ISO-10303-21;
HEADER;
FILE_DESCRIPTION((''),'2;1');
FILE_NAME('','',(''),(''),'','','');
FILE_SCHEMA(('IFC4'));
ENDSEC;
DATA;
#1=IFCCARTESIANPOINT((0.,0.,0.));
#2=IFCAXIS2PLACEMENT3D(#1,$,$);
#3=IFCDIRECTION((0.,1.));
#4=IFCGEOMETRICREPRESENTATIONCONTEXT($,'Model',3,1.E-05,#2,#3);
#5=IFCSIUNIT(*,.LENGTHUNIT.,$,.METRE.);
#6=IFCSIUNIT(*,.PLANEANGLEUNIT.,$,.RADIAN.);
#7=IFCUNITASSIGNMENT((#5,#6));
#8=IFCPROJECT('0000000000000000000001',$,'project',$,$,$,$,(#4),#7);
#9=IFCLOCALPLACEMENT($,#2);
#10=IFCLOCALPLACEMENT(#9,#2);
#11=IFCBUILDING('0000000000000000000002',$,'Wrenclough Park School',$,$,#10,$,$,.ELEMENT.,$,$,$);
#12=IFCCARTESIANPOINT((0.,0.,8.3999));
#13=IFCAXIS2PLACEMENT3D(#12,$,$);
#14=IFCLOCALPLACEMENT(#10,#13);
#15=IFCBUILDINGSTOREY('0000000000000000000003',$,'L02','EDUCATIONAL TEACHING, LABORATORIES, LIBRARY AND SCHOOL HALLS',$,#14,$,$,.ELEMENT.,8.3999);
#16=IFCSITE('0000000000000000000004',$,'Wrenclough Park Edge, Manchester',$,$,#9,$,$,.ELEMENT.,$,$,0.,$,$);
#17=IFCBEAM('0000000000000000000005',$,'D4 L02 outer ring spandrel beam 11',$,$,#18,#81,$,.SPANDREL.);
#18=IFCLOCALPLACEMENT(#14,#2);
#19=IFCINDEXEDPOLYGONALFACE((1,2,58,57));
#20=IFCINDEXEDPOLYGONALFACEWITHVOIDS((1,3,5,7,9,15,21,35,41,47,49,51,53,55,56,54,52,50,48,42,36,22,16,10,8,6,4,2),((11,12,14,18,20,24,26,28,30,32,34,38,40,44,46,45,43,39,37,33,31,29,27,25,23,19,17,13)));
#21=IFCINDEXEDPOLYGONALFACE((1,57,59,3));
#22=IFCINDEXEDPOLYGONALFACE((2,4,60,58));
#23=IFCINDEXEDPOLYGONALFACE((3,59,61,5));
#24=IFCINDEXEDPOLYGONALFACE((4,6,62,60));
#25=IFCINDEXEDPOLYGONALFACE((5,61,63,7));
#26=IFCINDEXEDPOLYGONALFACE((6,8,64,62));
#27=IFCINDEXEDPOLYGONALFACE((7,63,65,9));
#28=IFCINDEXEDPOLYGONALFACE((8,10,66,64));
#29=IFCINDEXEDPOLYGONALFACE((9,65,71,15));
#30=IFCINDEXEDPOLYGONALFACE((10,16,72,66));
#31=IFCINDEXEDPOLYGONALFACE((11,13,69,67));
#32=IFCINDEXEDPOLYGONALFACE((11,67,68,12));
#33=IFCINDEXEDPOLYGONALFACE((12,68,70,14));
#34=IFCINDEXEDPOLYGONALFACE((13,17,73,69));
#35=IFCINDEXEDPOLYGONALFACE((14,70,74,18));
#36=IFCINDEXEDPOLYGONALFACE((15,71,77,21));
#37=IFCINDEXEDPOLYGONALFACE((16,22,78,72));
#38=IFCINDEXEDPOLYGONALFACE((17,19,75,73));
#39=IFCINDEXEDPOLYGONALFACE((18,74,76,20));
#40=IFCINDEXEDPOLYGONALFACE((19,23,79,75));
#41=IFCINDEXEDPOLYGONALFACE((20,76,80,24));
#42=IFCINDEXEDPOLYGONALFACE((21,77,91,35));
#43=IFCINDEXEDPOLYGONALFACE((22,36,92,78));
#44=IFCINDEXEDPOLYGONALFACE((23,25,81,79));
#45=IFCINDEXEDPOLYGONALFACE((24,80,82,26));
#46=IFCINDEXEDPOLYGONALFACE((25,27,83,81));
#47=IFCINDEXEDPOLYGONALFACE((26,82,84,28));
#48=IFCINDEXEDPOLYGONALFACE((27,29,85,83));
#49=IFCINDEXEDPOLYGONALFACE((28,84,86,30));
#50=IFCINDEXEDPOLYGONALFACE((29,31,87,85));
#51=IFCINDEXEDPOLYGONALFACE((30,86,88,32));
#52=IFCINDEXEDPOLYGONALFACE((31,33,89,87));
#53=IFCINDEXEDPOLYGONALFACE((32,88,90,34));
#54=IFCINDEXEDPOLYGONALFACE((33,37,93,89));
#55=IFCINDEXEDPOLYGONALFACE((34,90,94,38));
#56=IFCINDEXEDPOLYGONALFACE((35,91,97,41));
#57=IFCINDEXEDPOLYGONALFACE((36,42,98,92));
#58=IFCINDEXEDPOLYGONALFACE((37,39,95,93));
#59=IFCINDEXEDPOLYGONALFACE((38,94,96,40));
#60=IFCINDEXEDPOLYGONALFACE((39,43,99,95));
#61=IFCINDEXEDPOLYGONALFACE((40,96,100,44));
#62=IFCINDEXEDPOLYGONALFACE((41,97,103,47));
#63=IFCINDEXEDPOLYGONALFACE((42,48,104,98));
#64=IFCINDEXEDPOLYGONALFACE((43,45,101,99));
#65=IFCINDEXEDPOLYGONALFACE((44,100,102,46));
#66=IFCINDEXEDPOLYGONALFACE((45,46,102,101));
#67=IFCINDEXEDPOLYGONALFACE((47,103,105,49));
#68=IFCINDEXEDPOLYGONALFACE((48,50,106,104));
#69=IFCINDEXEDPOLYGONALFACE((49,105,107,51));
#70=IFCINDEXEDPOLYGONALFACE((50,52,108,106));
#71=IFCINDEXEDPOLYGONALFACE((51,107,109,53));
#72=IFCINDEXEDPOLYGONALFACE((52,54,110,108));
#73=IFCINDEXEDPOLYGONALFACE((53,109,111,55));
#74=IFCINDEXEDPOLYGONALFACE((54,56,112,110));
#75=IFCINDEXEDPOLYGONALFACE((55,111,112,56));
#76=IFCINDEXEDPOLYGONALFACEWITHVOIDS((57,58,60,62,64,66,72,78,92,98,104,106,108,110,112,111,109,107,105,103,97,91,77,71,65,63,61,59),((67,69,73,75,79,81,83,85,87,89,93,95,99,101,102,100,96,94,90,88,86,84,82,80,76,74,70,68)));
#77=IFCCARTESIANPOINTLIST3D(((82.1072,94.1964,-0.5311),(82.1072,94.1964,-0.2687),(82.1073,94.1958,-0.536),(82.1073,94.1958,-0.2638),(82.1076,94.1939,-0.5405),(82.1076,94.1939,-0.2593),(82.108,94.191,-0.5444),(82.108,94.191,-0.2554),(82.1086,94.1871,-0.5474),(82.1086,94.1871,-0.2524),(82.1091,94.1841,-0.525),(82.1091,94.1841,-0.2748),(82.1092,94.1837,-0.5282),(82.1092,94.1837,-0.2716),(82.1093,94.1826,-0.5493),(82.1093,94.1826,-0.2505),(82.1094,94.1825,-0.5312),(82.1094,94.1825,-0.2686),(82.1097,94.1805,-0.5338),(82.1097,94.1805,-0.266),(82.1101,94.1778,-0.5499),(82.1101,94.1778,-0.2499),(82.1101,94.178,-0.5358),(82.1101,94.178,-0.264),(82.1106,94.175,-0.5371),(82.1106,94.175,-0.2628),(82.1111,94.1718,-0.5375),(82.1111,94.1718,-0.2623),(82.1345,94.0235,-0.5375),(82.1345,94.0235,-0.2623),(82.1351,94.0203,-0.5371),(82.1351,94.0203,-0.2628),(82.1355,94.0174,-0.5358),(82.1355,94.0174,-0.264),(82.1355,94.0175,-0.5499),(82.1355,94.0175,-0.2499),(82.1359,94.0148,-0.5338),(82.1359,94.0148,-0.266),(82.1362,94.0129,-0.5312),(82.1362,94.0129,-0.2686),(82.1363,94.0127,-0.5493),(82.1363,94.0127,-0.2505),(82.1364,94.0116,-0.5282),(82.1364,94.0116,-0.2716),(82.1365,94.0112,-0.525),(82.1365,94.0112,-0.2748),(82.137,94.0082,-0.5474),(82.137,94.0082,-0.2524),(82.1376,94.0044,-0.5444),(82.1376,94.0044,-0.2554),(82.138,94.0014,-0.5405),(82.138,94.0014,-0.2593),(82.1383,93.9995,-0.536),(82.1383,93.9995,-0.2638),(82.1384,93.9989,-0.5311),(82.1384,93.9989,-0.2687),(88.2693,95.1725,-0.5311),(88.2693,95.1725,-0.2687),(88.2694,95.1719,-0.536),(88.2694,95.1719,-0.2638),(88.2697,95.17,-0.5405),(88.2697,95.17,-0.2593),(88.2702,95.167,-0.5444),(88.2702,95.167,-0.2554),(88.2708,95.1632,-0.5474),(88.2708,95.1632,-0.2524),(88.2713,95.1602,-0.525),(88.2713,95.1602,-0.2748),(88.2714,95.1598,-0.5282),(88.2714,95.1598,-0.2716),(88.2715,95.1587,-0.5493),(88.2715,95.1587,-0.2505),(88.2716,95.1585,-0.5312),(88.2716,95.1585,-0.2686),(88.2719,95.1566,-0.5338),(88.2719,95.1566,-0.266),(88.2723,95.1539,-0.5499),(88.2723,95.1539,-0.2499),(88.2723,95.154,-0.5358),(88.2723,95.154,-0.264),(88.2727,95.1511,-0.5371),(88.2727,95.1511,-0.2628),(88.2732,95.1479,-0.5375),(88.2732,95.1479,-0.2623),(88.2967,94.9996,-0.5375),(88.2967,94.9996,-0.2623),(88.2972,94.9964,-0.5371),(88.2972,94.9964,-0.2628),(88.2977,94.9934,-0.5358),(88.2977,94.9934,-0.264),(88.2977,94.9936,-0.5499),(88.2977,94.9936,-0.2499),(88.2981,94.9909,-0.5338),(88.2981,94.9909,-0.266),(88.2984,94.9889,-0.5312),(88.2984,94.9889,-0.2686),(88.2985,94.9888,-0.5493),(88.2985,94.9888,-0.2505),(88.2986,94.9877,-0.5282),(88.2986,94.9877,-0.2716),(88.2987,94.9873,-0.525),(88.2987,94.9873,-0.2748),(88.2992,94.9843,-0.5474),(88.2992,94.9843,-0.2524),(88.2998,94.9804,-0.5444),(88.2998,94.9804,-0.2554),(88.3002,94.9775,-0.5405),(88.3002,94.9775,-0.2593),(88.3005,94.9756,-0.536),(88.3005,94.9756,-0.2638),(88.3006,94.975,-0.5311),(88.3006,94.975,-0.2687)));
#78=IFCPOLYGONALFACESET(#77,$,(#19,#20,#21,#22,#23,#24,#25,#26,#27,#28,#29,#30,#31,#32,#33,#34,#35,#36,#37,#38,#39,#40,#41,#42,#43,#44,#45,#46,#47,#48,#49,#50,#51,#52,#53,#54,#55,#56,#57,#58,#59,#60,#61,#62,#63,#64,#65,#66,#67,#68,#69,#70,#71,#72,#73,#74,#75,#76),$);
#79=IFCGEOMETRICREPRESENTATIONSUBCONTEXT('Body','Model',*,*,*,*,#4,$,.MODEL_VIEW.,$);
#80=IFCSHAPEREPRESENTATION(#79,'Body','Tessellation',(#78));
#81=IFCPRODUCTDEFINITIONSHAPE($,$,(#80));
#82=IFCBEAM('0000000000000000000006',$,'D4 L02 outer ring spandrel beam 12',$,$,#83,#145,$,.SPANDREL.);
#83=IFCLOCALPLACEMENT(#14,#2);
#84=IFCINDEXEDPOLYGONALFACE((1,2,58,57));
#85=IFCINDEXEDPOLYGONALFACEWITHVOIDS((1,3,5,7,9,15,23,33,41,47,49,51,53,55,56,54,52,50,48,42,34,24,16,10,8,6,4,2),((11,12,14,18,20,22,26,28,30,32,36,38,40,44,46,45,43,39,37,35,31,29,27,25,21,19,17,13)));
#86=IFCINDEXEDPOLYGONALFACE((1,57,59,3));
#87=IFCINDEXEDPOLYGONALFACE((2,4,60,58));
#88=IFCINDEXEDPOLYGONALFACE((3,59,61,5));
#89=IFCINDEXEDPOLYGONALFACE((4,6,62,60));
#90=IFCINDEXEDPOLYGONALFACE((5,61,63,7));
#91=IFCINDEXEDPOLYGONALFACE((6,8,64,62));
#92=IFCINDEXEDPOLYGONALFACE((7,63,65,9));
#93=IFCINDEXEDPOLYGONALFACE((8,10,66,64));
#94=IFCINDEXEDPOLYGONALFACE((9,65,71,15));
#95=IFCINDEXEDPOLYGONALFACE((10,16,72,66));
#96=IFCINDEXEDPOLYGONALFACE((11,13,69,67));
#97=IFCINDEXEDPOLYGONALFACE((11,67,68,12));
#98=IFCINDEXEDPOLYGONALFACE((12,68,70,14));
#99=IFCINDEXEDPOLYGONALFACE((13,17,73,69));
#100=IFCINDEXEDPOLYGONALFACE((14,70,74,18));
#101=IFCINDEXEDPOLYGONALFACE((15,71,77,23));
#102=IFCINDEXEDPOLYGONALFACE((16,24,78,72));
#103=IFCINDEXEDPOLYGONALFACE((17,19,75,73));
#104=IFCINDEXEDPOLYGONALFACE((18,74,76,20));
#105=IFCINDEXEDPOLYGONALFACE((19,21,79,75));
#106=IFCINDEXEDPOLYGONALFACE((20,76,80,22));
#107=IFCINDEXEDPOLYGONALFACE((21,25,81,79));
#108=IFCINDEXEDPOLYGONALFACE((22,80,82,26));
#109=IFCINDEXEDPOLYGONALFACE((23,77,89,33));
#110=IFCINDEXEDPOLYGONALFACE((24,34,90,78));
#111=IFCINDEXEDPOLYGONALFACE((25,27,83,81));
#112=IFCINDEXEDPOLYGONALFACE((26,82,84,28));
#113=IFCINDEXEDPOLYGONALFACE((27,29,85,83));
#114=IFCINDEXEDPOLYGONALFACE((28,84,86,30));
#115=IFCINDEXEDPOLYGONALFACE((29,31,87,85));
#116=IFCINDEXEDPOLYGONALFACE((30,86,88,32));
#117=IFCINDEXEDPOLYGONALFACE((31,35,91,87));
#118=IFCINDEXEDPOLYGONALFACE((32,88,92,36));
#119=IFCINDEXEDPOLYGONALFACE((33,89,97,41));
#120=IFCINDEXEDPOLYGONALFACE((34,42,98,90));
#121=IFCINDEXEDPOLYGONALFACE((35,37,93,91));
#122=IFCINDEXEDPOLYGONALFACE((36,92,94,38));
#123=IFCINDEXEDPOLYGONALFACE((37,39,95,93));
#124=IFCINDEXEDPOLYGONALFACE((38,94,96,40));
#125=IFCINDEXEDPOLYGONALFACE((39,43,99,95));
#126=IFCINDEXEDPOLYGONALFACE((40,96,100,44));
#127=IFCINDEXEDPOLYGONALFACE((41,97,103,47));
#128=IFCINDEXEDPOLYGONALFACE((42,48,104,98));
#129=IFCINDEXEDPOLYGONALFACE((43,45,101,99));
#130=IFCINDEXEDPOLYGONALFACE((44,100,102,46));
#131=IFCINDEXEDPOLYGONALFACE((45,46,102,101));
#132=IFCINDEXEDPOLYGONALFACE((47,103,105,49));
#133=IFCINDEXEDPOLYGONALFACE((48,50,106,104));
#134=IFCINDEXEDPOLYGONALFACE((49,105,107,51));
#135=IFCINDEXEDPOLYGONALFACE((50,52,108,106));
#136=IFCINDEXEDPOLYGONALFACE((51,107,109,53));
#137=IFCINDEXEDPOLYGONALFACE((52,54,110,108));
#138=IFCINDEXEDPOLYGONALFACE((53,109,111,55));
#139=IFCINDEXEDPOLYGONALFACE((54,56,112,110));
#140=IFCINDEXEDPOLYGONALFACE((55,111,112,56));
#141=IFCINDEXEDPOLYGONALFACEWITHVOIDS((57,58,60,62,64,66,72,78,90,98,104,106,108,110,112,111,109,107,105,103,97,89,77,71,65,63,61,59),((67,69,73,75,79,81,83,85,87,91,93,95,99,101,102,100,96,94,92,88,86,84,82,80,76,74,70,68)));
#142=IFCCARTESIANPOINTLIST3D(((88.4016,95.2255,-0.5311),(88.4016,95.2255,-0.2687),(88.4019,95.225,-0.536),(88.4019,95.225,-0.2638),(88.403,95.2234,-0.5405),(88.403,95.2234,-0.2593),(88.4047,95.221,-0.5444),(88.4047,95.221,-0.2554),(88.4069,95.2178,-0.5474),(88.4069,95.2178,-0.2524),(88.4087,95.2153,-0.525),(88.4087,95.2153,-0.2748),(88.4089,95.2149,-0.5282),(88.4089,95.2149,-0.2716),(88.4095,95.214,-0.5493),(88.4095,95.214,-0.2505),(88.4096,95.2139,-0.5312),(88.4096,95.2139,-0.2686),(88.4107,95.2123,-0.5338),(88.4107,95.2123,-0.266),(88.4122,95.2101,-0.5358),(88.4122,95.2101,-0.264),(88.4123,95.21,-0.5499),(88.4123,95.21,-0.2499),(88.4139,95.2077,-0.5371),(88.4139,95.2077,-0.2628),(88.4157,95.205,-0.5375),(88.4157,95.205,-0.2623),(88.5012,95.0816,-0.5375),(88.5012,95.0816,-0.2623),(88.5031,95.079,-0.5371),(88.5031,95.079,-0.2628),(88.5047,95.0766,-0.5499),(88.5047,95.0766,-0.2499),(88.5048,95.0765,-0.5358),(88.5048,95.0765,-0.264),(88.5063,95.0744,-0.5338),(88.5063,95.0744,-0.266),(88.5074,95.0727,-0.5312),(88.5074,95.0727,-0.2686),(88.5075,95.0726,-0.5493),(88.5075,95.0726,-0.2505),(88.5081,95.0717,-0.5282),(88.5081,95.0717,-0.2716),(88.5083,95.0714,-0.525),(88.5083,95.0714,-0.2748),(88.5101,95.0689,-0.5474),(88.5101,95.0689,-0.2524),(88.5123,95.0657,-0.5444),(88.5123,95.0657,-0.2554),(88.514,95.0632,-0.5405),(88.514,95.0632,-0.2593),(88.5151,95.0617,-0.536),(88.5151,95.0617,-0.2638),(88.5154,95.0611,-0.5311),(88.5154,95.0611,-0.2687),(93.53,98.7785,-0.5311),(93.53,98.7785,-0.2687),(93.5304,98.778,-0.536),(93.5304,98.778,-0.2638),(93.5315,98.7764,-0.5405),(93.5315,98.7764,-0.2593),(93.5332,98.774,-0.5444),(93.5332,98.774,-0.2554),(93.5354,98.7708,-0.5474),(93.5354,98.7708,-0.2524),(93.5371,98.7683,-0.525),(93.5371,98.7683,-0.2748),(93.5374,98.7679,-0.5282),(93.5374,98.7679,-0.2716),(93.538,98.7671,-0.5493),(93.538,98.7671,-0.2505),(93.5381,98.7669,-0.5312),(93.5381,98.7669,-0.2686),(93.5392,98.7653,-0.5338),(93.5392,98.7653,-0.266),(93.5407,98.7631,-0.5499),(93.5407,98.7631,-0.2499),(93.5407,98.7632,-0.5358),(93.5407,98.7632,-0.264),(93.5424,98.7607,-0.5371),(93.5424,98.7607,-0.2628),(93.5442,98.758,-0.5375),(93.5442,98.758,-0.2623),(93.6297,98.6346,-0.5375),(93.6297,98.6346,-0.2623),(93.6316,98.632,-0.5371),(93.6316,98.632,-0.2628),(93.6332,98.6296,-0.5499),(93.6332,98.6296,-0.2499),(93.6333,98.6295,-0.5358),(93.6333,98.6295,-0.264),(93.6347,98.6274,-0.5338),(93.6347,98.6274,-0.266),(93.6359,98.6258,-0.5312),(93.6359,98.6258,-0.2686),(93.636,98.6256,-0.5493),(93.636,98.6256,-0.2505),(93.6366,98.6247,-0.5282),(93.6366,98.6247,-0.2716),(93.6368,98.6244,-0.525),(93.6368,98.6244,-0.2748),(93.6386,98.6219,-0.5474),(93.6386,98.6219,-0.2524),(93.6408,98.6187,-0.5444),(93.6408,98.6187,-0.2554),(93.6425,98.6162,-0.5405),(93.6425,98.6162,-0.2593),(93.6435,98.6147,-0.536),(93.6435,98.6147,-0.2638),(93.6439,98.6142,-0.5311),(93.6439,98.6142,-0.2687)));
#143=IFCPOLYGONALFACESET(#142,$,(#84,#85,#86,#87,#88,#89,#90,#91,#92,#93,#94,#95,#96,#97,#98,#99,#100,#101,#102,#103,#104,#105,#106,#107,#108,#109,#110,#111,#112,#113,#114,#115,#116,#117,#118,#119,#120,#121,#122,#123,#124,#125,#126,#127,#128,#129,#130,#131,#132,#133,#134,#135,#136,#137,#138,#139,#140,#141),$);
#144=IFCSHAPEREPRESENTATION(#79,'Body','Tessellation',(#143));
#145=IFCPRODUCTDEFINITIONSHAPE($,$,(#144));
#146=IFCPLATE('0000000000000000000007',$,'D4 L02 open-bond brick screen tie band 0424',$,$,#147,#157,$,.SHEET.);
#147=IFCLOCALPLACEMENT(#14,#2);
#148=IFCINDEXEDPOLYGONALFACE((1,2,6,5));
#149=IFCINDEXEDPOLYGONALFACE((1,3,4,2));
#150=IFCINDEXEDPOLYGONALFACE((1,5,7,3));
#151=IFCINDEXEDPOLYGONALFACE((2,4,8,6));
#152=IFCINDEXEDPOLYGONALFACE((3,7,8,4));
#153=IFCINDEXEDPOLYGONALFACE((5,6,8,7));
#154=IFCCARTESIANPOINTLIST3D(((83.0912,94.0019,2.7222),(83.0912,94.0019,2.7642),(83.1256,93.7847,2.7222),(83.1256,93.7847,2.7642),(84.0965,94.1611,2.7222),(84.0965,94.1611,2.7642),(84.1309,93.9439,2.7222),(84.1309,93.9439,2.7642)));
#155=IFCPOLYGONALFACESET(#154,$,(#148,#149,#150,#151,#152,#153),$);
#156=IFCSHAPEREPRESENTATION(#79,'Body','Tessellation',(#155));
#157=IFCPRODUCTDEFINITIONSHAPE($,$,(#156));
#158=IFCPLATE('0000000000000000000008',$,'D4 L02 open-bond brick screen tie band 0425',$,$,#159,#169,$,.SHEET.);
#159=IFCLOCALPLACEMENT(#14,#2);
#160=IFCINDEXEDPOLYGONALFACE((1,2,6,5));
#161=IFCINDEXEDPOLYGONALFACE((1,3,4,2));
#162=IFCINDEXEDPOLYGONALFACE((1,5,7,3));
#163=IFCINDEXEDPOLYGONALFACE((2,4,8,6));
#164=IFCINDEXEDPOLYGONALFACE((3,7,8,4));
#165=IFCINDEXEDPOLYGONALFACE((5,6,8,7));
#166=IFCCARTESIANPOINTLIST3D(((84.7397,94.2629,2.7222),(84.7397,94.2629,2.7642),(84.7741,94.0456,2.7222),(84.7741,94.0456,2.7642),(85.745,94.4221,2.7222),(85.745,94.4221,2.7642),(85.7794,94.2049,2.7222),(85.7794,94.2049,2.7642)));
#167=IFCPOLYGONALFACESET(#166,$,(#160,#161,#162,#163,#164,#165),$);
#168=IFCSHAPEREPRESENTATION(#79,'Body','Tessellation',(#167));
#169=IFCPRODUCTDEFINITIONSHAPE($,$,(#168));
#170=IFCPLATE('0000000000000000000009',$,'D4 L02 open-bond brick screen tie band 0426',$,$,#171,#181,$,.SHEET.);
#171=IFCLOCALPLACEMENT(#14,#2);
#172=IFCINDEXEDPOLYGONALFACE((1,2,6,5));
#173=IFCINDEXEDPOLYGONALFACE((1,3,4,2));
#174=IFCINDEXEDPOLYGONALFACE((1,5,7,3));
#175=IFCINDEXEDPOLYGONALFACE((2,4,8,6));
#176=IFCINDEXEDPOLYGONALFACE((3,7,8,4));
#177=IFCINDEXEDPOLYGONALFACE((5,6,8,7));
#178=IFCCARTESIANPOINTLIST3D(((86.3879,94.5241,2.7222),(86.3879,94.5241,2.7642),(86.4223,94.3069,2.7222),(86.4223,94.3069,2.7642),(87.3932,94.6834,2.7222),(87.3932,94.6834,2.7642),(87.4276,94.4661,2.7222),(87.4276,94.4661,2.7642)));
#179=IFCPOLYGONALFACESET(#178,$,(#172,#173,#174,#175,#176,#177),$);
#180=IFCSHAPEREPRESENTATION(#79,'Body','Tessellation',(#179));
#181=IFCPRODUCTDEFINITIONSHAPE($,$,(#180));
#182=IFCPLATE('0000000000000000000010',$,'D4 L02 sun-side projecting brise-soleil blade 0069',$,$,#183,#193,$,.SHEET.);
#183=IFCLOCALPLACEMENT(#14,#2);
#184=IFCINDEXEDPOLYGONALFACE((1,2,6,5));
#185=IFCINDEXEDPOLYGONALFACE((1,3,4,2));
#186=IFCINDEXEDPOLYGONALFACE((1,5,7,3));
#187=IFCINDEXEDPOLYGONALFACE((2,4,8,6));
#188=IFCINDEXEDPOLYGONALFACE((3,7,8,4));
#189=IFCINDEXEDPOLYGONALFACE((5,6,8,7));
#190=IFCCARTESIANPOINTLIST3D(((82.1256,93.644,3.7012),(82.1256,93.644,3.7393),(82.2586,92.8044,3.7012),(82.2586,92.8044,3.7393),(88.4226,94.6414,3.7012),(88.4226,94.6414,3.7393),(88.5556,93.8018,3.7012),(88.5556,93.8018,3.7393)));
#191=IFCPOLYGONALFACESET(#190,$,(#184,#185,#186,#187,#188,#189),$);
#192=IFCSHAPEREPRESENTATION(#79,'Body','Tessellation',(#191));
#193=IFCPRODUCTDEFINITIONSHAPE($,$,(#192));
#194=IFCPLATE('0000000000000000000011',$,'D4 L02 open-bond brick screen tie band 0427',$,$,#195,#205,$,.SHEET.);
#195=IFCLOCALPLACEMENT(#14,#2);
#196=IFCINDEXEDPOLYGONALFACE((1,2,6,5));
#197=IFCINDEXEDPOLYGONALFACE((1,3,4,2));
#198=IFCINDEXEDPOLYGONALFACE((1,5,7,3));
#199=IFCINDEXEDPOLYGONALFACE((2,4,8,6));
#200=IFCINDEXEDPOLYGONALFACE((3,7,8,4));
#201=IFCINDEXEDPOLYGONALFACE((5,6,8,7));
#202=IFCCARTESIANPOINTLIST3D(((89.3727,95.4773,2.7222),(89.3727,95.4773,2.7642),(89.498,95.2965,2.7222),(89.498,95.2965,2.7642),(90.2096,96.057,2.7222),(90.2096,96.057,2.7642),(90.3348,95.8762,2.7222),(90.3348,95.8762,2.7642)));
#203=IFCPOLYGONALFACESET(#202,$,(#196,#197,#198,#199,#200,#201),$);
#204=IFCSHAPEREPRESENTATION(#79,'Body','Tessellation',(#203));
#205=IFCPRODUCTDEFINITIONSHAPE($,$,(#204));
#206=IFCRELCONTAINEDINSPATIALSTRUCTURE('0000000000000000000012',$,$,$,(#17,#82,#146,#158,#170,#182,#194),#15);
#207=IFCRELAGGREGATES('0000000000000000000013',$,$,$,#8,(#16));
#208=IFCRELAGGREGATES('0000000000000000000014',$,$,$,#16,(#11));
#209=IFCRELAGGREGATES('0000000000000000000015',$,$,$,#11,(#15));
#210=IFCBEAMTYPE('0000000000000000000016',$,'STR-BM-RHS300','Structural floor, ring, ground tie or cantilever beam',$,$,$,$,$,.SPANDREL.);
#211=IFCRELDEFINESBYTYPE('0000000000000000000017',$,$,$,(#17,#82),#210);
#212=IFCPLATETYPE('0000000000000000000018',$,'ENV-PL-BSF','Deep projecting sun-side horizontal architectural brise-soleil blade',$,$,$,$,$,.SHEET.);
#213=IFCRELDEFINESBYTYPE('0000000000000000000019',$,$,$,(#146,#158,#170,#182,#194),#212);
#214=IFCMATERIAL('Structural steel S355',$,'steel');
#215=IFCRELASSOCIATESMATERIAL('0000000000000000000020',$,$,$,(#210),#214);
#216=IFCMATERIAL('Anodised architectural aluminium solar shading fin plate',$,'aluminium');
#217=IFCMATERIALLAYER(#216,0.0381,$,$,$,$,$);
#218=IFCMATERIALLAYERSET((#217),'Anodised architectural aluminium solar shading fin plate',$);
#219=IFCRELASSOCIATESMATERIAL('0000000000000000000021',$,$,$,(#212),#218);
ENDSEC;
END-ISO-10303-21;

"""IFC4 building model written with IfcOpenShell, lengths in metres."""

from ifc_helpers import new_model, si_unit, direction, frame, origin, origin_2d, place, context, subcontext, project, spatial, rectangle, hollow_rectangle, extrude, material, layer, layer_set, material_profile, profile_set, type_object, element, save


model = new_model("IFC4")

# Units and contexts
model_context = context("Model", 3, precision=1e-05, world=origin(), true_north=direction((0.0, 1.0)))
body_context = subcontext(model_context, "Body", "Model", "MODEL_VIEW")
ifc_project = project(units=[si_unit("LENGTHUNIT", "METRE"), si_unit("PLANEANGLEUNIT", "RADIAN")], contexts=[model_context])

# Site, building, storey
site_placement = place(None, origin())
site = spatial("IfcSite", under=ifc_project, at=site_placement, Name="Wrenclough Park Edge, Manchester", CompositionType="ELEMENT", RefElevation=0.0)
building_placement = place(site_placement, origin())
building = spatial("IfcBuilding", under=site, at=building_placement, Name="Wrenclough Park School", CompositionType="ELEMENT")
storey_placement = place(building_placement, frame((0.0, 0.0, 8.3999)))
storey = spatial("IfcBuildingStorey", under=building, at=storey_placement, Name="L02", Description="EDUCATIONAL TEACHING, LABORATORIES, LIBRARY AND SCHOOL HALLS", CompositionType="ELEMENT", Elevation=8.3999)

# Shared definitions
ifc_material_1 = material(Name="Structural steel S355", Category="steel")

# Beams
ifc_material_profile_1 = material_profile(ifc_material_1, hollow_rectangle(XDim=0.2, YDim=0.3, WallThickness=0.0125, InnerFilletRadius=0.0125, OuterFilletRadius=0.0188, at=origin_2d()), Name="RHS 300x200x12.5")
ifc_profile_set_1 = profile_set([ifc_material_profile_1], Name="Structural steel S355")
beam_type = type_object("IfcBeamType", Name="STR-BM-RHS300", Description="Structural floor, ring, ground tie or cantilever beam", PredefinedType="SPANDREL", material=ifc_profile_set_1)
for number, where, z_axis, x_axis, name in (
    (1, (82.1228, 94.0977, -0.3999), (0.987686, 0.156449, 0.0), (-0.156449, 0.987686, 0.0), "D4 L02 outer ring spandrel beam 11"),
    (2, (88.4585, 95.1433, -0.3999), (0.822002, 0.569485, 0.0), (-0.569485, 0.822002, 0.0), "D4 L02 outer ring spandrel beam 12"),
):
    element("IfcBeam", number, at=place(storey_placement, frame(where, z_axis=z_axis, x_axis=x_axis)), inside=storey, type_object=beam_type, Name=name, PredefinedType="SPANDREL", context=body_context, shape_type="SweptSolid", body=[
        extrude(hollow_rectangle(XDim=0.2, YDim=0.3, WallThickness=0.0125, InnerFilletRadius=0.0125, OuterFilletRadius=0.0188, at=origin_2d()), origin(), (0.0, 0.0, 1.0), 6.239),
    ])

# Plates
ifc_material_2 = material(Name="Anodised architectural aluminium solar shading fin plate", Category="aluminium")
ifc_layer_1 = layer(ifc_material_2, 0.0381)
ifc_layer_set_1 = layer_set([ifc_layer_1], Name="Anodised architectural aluminium solar shading fin plate")
plate_type = type_object("IfcPlateType", Name="ENV-PL-BSF", Description="Deep projecting sun-side horizontal architectural brise-soleil blade", PredefinedType="SHEET", material=ifc_layer_set_1)
for number, where, z_axis, x_axis, name in (
    (3, (83.6111, 93.9729, 2.7222), (0.0, 0.0, 1.0), (0.987688, 0.156436, 0.0), "D4 L02 open-bond brick screen tie band 0424"),
    (4, (85.2595, 94.2339, 2.7222), (0.0, 0.0, 1.0), (0.987688, 0.156436, 0.0), "D4 L02 open-bond brick screen tie band 0425"),
    (5, (86.9077, 94.4951, 2.7222), (0.0, 0.0, 1.0), (0.987688, 0.156436, 0.0), "D4 L02 open-bond brick screen tie band 0426"),
):
    element("IfcPlate", number, at=place(storey_placement, frame(where, z_axis=z_axis, x_axis=x_axis)), inside=storey, type_object=plate_type, Name=name, PredefinedType="SHEET", context=body_context, shape_type="SweptSolid", body=[
        extrude(rectangle(XDim=1.0178, YDim=0.22, at=origin_2d()), origin(), (0.0, 0.0, 1.0), 0.042),
    ])
plate_1_placement = place(storey_placement, frame((85.3406, 93.7229, 3.7012), z_axis=(0.0, 0.0, 1.0), x_axis=(0.987688, 0.156436, 0.0)))
element("IfcPlate", 6, at=plate_1_placement, inside=storey, type_object=plate_type, Name="D4 L02 sun-side projecting brise-soleil blade 0069", PredefinedType="SHEET", context=body_context, shape_type="SweptSolid", body=[
    extrude(rectangle(XDim=6.3755, YDim=0.8501, at=origin_2d()), origin(), (0.0, 0.0, 1.0), 0.0381),
])
plate_2_placement = place(storey_placement, frame((89.8538, 95.6768, 2.7222), z_axis=(0.0, 0.0, 1.0), x_axis=(0.822008, 0.569476, 0.0)))
element("IfcPlate", 7, at=plate_2_placement, inside=storey, type_object=plate_type, Name="D4 L02 open-bond brick screen tie band 0427", PredefinedType="SHEET", context=body_context, shape_type="SweptSolid", body=[
    extrude(rectangle(XDim=1.0181, YDim=0.22, at=origin_2d()), origin(), (0.0, 0.0, 1.0), 0.042),
])

save(model, "model.ifc")
